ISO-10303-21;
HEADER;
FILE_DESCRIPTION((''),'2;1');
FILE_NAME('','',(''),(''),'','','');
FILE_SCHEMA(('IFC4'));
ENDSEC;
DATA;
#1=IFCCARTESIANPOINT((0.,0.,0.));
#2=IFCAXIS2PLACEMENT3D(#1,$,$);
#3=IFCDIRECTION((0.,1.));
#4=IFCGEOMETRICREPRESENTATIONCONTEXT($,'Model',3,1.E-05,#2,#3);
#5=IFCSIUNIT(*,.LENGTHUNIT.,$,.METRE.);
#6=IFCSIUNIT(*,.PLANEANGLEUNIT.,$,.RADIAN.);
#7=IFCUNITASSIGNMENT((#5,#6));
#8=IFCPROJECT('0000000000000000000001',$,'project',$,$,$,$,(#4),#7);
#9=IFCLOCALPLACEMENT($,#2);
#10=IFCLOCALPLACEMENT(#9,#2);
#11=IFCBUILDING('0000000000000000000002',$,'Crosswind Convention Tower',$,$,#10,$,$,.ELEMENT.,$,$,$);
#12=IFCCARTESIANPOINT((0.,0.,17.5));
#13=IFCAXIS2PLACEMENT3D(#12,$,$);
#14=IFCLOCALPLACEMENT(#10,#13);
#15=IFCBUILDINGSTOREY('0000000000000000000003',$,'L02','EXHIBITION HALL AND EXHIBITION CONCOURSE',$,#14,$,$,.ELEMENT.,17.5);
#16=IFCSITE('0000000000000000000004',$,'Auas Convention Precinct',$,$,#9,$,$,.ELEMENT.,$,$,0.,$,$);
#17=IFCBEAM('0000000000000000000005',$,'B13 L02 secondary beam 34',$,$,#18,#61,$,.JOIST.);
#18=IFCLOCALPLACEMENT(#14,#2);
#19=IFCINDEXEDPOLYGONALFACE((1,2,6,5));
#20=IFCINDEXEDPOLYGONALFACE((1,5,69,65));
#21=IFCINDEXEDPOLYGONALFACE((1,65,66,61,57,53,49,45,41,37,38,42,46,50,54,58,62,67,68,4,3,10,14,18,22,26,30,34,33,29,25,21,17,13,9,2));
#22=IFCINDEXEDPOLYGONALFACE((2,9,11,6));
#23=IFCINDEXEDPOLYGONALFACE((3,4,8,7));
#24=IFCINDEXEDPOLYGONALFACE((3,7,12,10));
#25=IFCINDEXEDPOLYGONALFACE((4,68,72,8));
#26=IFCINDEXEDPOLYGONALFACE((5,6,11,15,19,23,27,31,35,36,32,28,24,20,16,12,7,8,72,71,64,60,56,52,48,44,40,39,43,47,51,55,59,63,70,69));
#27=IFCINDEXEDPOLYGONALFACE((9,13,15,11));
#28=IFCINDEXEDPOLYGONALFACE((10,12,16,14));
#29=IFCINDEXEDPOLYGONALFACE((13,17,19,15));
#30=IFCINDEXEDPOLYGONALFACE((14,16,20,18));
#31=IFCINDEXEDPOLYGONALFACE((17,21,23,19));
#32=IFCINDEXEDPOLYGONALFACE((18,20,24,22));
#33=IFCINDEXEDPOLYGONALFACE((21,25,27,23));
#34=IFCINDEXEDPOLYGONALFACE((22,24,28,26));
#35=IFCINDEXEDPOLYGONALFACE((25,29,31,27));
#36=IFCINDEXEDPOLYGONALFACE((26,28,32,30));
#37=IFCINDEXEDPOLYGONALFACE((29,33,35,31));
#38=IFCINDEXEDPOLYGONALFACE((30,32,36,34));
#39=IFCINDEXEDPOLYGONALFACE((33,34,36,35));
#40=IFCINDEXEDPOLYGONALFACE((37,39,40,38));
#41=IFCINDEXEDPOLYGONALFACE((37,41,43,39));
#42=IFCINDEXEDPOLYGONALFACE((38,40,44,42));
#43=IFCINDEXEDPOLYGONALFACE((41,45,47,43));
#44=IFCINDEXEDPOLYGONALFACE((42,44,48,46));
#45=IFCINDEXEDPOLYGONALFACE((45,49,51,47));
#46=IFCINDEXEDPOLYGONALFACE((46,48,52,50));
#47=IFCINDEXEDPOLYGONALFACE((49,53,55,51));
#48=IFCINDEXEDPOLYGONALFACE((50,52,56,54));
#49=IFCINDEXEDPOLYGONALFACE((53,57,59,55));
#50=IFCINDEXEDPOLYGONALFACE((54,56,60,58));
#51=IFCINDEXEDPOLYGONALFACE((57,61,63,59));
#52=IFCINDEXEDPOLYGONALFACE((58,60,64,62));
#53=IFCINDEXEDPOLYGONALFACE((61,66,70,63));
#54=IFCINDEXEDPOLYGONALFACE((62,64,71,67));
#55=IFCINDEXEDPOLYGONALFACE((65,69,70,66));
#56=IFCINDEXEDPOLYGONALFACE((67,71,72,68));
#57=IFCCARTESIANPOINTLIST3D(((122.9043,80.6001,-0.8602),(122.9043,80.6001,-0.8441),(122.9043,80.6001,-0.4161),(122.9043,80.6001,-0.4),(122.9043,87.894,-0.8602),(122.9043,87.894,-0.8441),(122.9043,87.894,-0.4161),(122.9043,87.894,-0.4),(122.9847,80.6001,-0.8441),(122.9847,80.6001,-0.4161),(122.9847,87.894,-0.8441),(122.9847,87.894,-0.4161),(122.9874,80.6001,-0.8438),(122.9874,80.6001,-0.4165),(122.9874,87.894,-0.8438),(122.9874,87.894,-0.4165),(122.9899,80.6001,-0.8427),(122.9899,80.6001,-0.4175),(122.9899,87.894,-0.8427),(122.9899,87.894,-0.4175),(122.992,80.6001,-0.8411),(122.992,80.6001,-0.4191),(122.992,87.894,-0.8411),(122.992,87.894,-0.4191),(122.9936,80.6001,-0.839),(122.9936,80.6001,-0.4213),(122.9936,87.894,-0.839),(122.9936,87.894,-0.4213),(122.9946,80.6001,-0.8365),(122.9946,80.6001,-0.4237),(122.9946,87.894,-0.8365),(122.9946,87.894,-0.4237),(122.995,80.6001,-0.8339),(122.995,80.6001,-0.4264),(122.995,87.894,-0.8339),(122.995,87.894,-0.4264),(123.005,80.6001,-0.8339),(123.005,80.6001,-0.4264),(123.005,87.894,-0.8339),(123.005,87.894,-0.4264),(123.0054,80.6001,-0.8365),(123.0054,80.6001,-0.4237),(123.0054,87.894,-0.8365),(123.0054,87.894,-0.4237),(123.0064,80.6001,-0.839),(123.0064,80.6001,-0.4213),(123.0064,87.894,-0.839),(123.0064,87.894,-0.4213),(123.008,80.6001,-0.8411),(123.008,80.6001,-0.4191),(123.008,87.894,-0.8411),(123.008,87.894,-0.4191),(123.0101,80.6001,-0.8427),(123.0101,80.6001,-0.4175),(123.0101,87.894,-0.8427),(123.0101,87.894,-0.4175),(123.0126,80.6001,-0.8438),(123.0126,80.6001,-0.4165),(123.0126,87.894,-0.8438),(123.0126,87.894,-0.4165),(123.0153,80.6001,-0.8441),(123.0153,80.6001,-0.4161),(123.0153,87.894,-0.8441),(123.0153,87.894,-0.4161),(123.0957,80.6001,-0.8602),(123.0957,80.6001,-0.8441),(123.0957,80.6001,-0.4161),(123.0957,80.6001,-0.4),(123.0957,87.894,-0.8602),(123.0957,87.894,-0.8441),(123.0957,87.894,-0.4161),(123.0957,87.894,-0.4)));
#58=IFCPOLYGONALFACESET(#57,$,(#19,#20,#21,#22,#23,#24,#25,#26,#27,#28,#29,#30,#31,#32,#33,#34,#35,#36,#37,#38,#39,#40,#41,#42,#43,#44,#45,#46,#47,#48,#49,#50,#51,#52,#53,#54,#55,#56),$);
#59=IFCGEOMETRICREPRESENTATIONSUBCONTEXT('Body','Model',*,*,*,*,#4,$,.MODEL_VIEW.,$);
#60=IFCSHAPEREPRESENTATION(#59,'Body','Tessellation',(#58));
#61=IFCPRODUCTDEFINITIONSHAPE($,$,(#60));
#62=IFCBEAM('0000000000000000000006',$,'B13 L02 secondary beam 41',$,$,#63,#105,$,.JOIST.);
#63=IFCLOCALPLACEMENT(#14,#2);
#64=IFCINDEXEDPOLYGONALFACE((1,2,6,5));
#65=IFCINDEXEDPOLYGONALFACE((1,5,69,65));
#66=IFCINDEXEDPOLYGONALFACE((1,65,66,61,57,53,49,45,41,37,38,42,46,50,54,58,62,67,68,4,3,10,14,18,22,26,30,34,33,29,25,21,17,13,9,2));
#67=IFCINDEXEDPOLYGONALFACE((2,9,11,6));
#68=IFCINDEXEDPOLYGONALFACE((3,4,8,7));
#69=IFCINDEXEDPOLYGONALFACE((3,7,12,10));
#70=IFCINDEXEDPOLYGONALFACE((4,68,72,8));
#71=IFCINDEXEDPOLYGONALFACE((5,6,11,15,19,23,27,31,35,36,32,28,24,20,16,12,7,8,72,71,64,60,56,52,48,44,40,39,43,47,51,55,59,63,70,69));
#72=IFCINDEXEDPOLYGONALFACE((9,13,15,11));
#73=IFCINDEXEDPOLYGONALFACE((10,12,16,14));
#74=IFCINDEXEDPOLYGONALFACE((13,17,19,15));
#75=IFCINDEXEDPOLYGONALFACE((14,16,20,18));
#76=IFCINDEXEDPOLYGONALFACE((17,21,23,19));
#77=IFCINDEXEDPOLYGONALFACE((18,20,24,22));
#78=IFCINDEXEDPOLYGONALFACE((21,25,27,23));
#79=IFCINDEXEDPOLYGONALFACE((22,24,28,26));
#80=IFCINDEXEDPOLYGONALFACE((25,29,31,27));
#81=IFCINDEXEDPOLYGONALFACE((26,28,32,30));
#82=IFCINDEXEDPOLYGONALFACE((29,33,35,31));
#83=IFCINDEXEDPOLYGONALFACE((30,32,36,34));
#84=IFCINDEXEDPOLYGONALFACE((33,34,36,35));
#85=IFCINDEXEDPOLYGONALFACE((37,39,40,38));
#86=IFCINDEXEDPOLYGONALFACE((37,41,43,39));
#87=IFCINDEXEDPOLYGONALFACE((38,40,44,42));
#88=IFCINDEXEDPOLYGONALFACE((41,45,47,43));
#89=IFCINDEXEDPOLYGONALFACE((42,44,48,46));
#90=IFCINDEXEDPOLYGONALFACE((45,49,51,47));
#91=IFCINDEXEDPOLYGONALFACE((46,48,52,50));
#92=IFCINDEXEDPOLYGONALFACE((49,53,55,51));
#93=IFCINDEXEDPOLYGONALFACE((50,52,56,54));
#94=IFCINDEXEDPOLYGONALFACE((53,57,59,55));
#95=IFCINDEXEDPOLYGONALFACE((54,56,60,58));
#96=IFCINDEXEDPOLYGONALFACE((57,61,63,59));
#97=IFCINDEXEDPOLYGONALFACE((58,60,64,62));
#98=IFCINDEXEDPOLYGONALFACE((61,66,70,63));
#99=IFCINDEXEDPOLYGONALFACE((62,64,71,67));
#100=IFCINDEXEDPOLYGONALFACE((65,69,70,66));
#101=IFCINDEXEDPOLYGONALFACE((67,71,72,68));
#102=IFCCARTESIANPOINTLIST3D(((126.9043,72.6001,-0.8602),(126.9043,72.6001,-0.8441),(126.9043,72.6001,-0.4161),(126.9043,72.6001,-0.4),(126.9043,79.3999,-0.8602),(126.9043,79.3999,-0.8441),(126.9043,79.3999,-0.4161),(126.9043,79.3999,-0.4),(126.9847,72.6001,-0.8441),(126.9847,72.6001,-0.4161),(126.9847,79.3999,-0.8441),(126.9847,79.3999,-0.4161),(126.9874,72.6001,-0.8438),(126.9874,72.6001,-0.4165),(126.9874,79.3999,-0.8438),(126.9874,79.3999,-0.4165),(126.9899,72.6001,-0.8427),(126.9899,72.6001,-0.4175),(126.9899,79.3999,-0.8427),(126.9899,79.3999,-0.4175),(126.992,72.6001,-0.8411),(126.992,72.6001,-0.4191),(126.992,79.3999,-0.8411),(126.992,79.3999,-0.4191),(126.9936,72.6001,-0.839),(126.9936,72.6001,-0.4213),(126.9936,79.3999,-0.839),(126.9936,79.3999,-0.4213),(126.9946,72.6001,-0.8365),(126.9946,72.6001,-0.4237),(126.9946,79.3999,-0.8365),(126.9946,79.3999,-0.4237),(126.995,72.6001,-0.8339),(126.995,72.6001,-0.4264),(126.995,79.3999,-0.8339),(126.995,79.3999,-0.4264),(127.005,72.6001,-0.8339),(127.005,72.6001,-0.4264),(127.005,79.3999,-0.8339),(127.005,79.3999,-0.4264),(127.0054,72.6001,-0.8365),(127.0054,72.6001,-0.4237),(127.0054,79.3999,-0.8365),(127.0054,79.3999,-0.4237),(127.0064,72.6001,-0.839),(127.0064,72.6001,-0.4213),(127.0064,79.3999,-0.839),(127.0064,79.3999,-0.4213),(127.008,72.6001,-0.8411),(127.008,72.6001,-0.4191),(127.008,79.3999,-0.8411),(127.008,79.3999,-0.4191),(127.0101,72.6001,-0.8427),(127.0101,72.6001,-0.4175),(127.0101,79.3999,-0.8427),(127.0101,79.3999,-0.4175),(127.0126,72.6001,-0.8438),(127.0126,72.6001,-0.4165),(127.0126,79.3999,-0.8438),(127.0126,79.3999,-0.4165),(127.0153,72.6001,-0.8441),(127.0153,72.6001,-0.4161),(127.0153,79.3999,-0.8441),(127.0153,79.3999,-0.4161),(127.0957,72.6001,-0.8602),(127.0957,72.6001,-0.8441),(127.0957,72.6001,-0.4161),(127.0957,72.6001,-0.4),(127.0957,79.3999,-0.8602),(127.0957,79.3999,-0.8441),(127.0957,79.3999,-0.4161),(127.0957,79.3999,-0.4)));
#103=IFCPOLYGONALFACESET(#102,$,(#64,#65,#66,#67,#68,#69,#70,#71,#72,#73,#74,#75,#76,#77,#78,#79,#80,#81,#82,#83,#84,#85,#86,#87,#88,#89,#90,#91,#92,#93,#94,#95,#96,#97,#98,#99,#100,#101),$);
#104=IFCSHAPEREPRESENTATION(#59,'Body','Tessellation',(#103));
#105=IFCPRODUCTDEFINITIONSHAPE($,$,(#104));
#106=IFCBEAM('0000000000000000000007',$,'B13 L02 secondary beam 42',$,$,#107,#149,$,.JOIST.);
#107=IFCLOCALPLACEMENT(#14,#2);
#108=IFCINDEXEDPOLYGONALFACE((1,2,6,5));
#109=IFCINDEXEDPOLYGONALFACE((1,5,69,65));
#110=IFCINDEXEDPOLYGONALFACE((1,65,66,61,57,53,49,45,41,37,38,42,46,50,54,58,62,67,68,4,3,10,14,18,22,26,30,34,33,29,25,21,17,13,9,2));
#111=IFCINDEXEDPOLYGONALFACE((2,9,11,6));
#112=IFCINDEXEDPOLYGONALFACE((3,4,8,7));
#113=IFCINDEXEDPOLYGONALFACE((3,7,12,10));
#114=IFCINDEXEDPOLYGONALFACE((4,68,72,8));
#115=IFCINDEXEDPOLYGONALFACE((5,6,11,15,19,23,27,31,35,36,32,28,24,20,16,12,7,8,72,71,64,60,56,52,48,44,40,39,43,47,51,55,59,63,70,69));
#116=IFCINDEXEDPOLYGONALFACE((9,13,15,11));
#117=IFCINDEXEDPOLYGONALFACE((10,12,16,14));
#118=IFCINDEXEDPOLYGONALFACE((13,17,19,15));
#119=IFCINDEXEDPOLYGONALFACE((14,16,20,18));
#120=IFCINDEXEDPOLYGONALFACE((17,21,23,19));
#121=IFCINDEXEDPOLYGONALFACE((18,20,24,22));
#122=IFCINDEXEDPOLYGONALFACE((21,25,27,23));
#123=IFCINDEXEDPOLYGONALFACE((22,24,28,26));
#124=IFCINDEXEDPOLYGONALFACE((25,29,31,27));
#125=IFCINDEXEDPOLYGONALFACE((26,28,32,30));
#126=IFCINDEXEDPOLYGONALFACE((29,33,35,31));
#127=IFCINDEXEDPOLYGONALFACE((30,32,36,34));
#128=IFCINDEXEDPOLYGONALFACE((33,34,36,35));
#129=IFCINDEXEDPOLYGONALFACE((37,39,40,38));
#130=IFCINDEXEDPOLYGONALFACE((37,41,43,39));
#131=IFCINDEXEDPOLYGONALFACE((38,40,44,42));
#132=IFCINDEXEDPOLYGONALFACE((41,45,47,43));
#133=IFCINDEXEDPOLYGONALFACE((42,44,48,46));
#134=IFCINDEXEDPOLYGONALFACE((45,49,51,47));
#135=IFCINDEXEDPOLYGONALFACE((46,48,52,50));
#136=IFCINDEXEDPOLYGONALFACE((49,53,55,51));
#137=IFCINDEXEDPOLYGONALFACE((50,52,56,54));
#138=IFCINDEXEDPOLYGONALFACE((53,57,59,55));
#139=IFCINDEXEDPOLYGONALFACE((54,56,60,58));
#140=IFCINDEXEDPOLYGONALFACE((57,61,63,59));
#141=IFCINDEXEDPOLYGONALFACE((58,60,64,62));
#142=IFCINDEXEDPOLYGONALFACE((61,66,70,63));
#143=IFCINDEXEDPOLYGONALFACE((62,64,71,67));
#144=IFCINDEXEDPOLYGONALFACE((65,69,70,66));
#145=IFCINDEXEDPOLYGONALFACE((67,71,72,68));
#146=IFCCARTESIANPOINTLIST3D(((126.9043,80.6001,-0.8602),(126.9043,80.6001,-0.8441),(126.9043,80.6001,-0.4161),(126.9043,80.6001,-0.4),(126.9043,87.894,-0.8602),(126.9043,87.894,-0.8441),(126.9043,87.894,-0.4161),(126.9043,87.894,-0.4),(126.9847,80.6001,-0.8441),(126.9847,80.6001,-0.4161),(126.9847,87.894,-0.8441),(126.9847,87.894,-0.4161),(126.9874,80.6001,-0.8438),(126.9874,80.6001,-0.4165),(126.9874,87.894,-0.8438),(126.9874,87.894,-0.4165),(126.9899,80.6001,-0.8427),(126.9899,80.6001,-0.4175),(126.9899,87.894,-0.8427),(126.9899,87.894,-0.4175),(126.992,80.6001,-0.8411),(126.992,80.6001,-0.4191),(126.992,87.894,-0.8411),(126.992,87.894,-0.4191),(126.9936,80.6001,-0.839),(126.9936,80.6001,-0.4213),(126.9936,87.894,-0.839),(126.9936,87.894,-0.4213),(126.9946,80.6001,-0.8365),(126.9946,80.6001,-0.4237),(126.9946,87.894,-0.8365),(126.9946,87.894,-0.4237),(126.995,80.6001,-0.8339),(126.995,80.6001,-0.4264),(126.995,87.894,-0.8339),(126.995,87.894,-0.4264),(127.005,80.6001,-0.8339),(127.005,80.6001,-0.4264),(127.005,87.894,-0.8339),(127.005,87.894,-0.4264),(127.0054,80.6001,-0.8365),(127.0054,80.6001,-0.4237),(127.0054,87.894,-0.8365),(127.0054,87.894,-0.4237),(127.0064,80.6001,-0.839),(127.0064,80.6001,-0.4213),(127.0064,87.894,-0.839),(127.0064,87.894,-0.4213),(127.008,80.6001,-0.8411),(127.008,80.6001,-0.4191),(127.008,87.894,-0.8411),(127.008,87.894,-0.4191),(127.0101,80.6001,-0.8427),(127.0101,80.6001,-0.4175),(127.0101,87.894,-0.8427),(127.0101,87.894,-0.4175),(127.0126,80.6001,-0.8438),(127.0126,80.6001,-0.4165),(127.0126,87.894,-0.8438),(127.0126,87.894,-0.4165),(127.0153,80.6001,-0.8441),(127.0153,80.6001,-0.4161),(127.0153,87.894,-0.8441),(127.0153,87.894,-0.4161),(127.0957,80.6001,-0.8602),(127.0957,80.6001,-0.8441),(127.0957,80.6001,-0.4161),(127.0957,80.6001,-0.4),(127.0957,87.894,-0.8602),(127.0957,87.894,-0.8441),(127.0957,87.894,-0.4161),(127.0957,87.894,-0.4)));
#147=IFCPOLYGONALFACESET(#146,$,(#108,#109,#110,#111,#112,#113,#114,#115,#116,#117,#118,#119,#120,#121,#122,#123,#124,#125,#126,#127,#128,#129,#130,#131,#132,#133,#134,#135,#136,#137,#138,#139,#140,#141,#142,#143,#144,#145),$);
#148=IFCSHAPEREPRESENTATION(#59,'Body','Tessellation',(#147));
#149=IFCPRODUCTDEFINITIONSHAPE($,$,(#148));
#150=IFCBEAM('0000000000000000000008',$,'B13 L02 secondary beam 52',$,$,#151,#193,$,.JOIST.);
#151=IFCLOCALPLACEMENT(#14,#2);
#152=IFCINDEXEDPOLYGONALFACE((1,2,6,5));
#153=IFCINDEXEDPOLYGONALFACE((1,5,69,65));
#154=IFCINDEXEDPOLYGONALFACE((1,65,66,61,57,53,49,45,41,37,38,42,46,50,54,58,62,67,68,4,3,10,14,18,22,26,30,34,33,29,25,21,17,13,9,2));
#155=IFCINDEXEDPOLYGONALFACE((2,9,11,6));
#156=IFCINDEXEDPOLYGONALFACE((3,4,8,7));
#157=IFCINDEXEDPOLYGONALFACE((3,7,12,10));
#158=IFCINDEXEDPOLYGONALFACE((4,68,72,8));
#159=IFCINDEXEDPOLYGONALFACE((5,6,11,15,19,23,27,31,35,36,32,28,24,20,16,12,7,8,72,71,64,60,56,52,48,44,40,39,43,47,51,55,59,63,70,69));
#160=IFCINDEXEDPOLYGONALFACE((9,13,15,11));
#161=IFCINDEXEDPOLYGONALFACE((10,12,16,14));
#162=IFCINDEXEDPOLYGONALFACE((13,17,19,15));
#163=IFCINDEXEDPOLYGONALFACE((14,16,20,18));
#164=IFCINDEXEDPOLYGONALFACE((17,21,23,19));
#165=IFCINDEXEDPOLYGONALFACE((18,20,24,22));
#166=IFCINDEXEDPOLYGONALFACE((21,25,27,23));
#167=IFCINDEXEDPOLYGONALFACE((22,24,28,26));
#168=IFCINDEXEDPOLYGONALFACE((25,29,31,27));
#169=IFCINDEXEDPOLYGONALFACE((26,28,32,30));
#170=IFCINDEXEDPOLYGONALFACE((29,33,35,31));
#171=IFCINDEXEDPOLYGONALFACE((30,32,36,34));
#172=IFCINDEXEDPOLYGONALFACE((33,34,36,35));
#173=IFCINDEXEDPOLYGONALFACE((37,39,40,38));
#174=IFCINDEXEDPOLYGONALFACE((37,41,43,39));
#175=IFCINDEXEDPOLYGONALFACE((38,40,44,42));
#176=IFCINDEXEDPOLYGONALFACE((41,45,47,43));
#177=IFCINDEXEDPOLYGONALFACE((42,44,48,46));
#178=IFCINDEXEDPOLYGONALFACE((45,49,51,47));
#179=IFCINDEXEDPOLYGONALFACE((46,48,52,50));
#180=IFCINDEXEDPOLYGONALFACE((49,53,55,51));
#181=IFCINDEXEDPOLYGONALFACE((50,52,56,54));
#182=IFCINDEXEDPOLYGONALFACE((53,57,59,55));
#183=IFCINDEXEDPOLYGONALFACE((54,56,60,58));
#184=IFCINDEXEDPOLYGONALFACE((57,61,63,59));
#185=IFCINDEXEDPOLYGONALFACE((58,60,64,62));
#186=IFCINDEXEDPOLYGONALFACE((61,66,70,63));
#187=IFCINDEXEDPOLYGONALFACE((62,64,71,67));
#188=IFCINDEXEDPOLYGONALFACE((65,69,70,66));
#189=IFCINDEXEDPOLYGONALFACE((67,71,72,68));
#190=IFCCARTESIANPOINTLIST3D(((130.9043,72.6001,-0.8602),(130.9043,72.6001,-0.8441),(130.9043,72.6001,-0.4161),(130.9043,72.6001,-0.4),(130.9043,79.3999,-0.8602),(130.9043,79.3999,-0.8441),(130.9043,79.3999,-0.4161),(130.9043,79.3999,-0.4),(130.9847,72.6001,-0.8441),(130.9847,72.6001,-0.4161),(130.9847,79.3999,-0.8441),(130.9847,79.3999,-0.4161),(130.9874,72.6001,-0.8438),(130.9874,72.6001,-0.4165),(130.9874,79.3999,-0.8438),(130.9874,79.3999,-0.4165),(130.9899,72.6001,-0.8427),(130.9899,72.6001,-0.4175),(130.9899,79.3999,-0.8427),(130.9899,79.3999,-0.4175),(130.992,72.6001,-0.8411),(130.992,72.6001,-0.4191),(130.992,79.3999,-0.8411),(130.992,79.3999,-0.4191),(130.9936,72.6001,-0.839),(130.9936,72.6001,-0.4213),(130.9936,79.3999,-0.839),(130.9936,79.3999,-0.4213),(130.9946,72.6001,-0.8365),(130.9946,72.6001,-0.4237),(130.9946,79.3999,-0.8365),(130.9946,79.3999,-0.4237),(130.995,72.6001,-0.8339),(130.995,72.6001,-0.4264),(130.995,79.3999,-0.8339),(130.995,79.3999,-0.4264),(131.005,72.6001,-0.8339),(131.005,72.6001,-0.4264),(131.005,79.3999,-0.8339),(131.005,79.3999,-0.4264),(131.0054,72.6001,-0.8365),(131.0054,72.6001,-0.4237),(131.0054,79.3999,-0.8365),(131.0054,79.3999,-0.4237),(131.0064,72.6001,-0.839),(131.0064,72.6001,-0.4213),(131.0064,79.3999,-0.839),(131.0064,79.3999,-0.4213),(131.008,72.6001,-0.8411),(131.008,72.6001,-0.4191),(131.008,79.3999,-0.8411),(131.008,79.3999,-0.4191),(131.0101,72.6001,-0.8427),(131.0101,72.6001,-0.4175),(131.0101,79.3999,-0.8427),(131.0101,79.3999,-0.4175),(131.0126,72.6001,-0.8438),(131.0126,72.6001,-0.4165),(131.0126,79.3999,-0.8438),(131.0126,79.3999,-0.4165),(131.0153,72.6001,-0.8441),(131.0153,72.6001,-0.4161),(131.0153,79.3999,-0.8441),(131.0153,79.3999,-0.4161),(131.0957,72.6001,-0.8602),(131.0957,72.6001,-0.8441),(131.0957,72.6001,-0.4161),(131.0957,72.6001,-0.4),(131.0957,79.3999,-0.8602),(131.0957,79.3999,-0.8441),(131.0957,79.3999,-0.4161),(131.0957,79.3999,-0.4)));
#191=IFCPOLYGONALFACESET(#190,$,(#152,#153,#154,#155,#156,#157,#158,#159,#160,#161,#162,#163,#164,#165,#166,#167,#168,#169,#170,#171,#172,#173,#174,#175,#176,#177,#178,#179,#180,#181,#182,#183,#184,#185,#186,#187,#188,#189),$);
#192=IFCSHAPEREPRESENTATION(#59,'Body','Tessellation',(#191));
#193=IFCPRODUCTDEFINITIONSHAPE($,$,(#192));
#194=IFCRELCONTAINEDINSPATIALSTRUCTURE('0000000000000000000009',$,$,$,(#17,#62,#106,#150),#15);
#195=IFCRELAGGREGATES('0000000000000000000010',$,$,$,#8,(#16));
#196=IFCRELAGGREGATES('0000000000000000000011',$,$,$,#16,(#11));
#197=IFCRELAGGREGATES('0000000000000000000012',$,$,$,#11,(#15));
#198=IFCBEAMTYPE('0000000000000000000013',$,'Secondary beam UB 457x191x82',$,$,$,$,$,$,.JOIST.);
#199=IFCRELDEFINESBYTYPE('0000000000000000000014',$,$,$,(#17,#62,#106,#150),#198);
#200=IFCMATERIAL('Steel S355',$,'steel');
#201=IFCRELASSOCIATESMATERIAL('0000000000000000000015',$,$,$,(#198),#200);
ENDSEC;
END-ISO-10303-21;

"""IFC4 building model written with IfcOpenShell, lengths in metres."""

from ifc_helpers import new_model, si_unit, direction, frame, origin, origin_2d, place, context, subcontext, project, spatial, i_section, extrude, material, material_profile, profile_set, type_object, element, save


model = new_model("IFC4")

# Units and contexts
model_context = context("Model", 3, precision=1e-05, world=origin(), true_north=direction((0.0, 1.0)))
body_context = subcontext(model_context, "Body", "Model", "MODEL_VIEW")
ifc_project = project(units=[si_unit("LENGTHUNIT", "METRE"), si_unit("PLANEANGLEUNIT", "RADIAN")], contexts=[model_context])

# Site, building, storey
site_placement = place(None, origin())
site = spatial("IfcSite", under=ifc_project, at=site_placement, Name="Auas Convention Precinct", CompositionType="ELEMENT", RefElevation=0.0)
building_placement = place(site_placement, origin())
building = spatial("IfcBuilding", under=site, at=building_placement, Name="Crosswind Convention Tower", CompositionType="ELEMENT")
storey_placement = place(building_placement, frame((0.0, 0.0, 17.5)))
storey = spatial("IfcBuildingStorey", under=building, at=storey_placement, Name="L02", Description="EXHIBITION HALL AND EXHIBITION CONCOURSE", CompositionType="ELEMENT", Elevation=17.5)

# Shared definitions
ifc_material_1 = material(Name="Steel S355", Category="steel")

# Beams
ifc_material_profile_1 = material_profile(ifc_material_1, i_section(OverallWidth=0.1914, OverallDepth=0.4602, WebThickness=0.01, FlangeThickness=0.0161, FilletRadius=0.0103, at=origin_2d()), Name="UB 457x191x82")
ifc_profile_set_1 = profile_set([ifc_material_profile_1], Name="Steel S355")
beam_type_1 = type_object("IfcBeamType", Name="Secondary beam UB 457x191x82", PredefinedType="JOIST", material=ifc_profile_set_1)
beam_1_placement = place(storey_placement, frame((123.0, 80.6001, -0.6301), z_axis=(0.0, 1.0, 0.0), x_axis=(-1.0, 0.0, 0.0)))
element("IfcBeam", 1, at=beam_1_placement, inside=storey, type_object=beam_type_1, Name="B13 L02 secondary beam 34", PredefinedType="JOIST", context=body_context, shape_type="SweptSolid", body=[
    extrude(i_section(OverallWidth=0.1914, OverallDepth=0.4602, WebThickness=0.01, FlangeThickness=0.0161, FilletRadius=0.0103, at=origin_2d()), origin(), (0.0, 0.0, 1.0), 7.2939),
])
beam_2_placement = place(storey_placement, frame((127.0, 72.6001, -0.6301), z_axis=(0.0, 1.0, 0.0), x_axis=(-1.0, 0.0, 0.0)))
element("IfcBeam", 2, at=beam_2_placement, inside=storey, type_object=beam_type_1, Name="B13 L02 secondary beam 41", PredefinedType="JOIST", context=body_context, shape_type="SweptSolid", body=[
    extrude(i_section(OverallWidth=0.1914, OverallDepth=0.4602, WebThickness=0.01, FlangeThickness=0.0161, FilletRadius=0.0103, at=origin_2d()), origin(), (0.0, 0.0, 1.0), 6.7998),
])
beam_3_placement = place(storey_placement, frame((127.0, 80.6001, -0.6301), z_axis=(0.0, 1.0, 0.0), x_axis=(-1.0, 0.0, 0.0)))
element("IfcBeam", 3, at=beam_3_placement, inside=storey, type_object=beam_type_1, Name="B13 L02 secondary beam 42", PredefinedType="JOIST", context=body_context, shape_type="SweptSolid", body=[
    extrude(i_section(OverallWidth=0.1914, OverallDepth=0.4602, WebThickness=0.01, FlangeThickness=0.0161, FilletRadius=0.0103, at=origin_2d()), origin(), (0.0, 0.0, 1.0), 7.2939),
])
beam_4_placement = place(storey_placement, frame((131.0, 72.6001, -0.6301), z_axis=(0.0, 1.0, 0.0), x_axis=(-1.0, 0.0, 0.0)))
element("IfcBeam", 4, at=beam_4_placement, inside=storey, type_object=beam_type_1, Name="B13 L02 secondary beam 52", PredefinedType="JOIST", context=body_context, shape_type="SweptSolid", body=[
    extrude(i_section(OverallWidth=0.1914, OverallDepth=0.4602, WebThickness=0.01, FlangeThickness=0.0161, FilletRadius=0.0103, at=origin_2d()), origin(), (0.0, 0.0, 1.0), 6.7998),
])

save(model, "model.ifc")
